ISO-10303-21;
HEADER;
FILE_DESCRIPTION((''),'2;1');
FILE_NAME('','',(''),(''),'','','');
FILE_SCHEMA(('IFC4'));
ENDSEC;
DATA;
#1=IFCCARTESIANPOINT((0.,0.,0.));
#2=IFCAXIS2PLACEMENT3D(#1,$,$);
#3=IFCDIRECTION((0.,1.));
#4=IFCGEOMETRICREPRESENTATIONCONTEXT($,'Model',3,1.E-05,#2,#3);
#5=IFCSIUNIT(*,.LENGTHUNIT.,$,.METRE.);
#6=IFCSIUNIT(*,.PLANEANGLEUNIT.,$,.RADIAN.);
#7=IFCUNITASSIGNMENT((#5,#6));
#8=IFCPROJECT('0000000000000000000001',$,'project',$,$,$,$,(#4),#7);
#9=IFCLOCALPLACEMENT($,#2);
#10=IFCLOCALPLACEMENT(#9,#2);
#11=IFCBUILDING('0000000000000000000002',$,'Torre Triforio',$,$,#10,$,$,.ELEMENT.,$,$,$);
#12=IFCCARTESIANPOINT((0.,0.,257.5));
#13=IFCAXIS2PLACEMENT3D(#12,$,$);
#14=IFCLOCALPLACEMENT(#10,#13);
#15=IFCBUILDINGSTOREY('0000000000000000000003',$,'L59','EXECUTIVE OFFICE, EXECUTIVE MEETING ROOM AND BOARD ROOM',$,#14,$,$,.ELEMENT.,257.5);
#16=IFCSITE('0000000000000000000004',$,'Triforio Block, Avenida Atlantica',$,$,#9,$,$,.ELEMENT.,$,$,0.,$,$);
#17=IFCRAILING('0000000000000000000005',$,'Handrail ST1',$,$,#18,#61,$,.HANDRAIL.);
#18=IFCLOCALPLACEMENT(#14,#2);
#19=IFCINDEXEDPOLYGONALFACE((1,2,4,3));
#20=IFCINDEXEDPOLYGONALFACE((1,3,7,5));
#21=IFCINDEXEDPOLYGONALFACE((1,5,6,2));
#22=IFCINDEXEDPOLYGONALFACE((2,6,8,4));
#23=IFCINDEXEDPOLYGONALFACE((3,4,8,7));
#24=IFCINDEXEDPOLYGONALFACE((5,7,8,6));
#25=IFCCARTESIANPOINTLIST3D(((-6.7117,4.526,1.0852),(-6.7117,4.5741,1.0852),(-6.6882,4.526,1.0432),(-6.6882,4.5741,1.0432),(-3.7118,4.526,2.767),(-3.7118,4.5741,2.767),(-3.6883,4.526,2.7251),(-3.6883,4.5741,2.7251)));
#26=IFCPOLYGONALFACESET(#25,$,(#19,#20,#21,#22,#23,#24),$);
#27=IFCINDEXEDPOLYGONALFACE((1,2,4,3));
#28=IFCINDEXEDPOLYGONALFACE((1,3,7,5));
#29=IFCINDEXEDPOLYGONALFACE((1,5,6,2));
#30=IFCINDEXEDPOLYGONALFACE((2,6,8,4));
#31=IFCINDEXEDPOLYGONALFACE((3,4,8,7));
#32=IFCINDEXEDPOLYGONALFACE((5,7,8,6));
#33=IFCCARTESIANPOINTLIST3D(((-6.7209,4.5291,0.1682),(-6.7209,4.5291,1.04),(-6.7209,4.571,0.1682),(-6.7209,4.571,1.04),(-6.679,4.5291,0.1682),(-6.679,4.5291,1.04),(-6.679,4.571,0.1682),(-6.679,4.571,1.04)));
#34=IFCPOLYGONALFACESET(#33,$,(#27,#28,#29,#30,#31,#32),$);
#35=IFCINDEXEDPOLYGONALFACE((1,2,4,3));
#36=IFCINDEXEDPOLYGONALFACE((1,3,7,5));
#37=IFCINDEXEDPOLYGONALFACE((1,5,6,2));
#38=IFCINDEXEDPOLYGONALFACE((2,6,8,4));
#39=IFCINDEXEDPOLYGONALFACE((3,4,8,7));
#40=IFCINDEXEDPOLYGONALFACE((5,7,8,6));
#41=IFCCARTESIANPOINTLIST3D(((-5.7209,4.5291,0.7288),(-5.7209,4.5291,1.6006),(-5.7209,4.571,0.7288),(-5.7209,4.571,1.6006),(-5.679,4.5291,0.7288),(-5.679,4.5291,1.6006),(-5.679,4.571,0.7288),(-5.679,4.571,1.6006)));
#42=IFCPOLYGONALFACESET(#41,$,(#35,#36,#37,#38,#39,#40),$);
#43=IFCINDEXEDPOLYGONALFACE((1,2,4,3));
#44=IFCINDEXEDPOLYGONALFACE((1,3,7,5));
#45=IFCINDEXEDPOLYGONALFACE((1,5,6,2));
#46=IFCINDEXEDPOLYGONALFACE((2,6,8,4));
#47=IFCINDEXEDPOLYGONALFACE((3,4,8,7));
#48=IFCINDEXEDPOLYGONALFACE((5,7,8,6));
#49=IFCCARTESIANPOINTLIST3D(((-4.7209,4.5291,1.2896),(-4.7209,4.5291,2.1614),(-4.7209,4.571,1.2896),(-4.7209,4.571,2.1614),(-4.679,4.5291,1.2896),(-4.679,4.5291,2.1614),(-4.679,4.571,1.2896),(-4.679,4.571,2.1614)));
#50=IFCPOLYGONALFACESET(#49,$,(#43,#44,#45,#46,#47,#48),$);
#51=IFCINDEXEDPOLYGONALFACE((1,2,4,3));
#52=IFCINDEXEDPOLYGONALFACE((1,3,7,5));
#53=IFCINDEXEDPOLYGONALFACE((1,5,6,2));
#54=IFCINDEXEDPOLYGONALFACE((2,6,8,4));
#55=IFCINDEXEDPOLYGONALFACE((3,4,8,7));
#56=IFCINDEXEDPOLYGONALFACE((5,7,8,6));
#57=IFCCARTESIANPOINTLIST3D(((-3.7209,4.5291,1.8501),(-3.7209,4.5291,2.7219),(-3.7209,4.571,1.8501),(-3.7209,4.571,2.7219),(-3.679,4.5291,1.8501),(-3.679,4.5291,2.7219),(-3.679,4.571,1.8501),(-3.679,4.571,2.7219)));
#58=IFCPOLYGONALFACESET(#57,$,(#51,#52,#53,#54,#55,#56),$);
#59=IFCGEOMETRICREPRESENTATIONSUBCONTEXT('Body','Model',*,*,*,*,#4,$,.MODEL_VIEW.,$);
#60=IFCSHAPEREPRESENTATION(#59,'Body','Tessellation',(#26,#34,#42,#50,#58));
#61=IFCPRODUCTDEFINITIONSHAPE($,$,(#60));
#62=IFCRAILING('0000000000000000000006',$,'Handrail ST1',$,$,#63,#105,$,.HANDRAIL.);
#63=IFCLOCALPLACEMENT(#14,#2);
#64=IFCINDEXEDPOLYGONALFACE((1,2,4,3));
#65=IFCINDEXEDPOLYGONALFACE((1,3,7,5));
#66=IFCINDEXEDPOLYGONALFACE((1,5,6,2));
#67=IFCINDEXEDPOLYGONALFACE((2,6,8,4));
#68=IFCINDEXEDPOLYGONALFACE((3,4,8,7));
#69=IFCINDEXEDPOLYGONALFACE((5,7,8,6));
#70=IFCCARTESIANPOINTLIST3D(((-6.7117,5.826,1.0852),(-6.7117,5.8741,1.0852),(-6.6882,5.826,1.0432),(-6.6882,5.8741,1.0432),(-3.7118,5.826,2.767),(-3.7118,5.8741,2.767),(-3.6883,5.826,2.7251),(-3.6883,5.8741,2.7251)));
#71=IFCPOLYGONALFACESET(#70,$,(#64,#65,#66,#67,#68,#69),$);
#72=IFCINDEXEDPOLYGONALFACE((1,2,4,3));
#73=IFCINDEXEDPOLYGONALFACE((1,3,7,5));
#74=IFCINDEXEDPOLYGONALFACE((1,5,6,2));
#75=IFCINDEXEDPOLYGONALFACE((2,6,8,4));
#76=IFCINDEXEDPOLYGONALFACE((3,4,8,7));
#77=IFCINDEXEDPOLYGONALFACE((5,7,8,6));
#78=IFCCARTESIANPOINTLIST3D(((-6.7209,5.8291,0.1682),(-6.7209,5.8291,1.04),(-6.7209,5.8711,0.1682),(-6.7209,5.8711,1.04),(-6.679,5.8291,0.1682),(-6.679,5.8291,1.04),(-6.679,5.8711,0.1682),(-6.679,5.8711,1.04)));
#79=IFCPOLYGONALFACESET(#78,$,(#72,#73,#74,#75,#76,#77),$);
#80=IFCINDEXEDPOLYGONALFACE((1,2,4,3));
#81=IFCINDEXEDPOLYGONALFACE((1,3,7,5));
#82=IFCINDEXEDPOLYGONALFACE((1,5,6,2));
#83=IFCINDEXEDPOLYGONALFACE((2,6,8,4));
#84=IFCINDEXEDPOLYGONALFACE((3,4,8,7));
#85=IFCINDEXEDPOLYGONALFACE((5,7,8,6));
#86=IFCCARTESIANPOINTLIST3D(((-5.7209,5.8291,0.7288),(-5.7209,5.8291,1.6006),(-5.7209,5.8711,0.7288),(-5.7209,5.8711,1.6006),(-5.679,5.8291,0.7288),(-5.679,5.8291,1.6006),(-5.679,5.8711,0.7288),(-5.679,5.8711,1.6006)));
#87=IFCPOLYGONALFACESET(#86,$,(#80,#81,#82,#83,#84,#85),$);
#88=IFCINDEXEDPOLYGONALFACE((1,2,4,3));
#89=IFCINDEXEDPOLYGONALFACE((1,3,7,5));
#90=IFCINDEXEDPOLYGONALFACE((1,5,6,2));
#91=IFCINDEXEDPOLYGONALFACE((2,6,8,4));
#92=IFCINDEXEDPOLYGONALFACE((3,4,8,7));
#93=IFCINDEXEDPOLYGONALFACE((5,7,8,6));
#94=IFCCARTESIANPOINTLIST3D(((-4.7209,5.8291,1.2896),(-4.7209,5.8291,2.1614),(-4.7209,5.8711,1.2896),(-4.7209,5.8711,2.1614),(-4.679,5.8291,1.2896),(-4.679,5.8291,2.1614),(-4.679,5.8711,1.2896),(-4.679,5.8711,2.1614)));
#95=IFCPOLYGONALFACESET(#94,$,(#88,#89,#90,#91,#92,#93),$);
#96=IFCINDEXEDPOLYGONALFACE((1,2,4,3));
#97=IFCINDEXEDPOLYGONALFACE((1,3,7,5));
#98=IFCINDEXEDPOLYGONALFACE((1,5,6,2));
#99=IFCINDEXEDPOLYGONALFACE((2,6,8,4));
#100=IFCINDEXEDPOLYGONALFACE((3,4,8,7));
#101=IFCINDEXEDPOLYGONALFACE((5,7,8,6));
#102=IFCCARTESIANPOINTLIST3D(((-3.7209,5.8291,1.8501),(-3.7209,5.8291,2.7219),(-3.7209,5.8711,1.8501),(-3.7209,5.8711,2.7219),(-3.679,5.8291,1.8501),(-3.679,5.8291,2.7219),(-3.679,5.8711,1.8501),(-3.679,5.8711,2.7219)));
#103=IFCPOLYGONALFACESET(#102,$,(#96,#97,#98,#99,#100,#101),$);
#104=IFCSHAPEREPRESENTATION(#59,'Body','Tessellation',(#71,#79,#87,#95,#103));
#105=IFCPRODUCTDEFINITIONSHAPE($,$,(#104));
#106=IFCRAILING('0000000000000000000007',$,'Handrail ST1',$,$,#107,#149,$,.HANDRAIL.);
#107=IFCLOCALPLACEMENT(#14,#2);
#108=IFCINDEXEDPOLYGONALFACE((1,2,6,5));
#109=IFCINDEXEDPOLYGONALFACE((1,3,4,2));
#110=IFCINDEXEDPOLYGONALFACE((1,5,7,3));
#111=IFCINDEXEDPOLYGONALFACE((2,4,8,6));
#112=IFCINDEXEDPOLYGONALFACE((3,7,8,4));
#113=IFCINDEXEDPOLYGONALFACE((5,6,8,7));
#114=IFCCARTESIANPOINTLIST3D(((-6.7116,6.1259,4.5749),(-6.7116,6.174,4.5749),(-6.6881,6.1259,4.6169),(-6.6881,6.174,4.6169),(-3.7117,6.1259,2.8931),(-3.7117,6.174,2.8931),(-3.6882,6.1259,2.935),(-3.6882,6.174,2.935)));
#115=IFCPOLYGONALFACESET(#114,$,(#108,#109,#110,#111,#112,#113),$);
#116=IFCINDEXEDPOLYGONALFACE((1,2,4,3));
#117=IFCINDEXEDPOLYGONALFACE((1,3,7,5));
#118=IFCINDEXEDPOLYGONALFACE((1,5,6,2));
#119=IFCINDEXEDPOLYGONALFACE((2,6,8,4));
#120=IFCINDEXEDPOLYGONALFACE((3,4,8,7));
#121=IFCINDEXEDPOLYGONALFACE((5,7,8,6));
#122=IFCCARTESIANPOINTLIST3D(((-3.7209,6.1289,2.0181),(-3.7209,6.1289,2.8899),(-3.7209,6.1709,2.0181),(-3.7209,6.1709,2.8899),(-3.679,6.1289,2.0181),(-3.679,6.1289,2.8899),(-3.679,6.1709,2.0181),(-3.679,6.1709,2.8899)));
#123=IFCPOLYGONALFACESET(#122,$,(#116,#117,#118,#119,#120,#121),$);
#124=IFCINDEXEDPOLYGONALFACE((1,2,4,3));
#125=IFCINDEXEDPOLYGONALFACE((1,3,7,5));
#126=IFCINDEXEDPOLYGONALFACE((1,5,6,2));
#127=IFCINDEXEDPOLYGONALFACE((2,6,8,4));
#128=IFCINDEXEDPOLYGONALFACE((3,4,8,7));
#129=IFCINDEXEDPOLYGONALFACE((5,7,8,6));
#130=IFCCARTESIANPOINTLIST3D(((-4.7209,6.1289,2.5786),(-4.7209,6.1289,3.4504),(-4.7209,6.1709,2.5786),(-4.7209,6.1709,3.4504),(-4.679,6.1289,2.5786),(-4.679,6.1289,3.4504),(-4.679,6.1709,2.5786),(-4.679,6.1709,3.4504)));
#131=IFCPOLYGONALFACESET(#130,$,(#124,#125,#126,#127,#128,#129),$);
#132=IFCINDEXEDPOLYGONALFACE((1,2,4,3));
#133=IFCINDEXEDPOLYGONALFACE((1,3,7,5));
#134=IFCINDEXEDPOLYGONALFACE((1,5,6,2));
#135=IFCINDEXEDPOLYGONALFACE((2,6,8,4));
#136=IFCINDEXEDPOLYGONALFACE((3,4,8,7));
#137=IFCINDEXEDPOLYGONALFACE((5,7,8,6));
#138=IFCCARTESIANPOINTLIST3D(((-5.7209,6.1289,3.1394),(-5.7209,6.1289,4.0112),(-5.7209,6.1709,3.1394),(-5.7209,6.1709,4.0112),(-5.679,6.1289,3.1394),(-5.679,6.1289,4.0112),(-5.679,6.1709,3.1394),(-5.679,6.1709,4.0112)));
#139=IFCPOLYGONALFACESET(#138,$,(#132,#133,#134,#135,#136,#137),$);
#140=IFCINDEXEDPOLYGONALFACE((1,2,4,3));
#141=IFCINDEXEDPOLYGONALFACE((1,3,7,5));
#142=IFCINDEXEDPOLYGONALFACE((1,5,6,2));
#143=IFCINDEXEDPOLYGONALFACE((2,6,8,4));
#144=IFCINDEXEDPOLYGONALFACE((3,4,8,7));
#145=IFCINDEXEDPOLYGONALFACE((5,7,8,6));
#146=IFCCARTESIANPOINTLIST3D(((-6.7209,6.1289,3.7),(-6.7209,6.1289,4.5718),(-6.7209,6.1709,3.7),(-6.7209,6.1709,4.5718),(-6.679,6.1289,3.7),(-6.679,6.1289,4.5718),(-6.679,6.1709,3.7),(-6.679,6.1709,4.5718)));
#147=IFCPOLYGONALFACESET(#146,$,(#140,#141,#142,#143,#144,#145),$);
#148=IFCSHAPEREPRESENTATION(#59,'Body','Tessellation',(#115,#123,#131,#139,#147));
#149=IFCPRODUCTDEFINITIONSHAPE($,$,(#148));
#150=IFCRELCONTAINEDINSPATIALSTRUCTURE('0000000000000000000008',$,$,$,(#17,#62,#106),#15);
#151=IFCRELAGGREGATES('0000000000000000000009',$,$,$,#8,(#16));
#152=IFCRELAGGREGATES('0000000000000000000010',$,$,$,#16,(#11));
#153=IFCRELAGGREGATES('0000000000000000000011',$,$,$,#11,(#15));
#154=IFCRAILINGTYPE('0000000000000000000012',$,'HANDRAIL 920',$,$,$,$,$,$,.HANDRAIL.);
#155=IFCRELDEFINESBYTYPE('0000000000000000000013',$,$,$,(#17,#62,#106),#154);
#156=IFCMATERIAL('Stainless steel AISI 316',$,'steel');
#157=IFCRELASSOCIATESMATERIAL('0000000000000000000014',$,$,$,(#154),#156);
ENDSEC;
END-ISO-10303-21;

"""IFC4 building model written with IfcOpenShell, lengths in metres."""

from ifc_helpers import new_model, si_unit, direction, frame, origin, origin_2d, place, context, subcontext, project, spatial, rectangle, extrude, material, type_object, element, save


model = new_model("IFC4")

# Units and contexts
model_context = context("Model", 3, precision=1e-05, world=origin(), true_north=direction((0.0, 1.0)))
body_context = subcontext(model_context, "Body", "Model", "MODEL_VIEW")
ifc_project = project(units=[si_unit("LENGTHUNIT", "METRE"), si_unit("PLANEANGLEUNIT", "RADIAN")], contexts=[model_context])

# Site, building, storey
site_placement = place(None, origin())
site = spatial("IfcSite", under=ifc_project, at=site_placement, Name="Triforio Block, Avenida Atlantica", CompositionType="ELEMENT", RefElevation=0.0)
building_placement = place(site_placement, origin())
building = spatial("IfcBuilding", under=site, at=building_placement, Name="Torre Triforio", CompositionType="ELEMENT")
storey_placement = place(building_placement, frame((0.0, 0.0, 257.5)))
storey = spatial("IfcBuildingStorey", under=building, at=storey_placement, Name="L59", Description="EXECUTIVE OFFICE, EXECUTIVE MEETING ROOM AND BOARD ROOM", CompositionType="ELEMENT", Elevation=257.5)

# Railings
ifc_material_1 = material(Name="Stainless steel AISI 316", Category="steel")
railing_type = type_object("IfcRailingType", Name="HANDRAIL 920", PredefinedType="HANDRAIL", material=ifc_material_1)
for number, where, name in (
    (1, (-6.7, 4.55, 0.1682), "Handrail ST1"),
    (2, (-6.7, 5.8501, 0.1682), "Handrail ST1"),
):
    element("IfcRailing", number, at=place(storey_placement, frame(where)), inside=storey, type_object=railing_type, Name=name, PredefinedType="HANDRAIL", context=body_context, shape_type="SweptSolid", body=[
        extrude(rectangle(XDim=0.0481, YDim=0.0481, at=origin_2d()), frame((0.0, 0.0, 0.896), z_axis=(0.872272, 0.0, 0.48902), x_axis=(0.0, 1.0, 0.0)), (0.0, 0.0, 1.0), 3.4392),
        extrude(rectangle(XDim=0.042, YDim=0.042, at=origin_2d()), origin(), (0.0, 0.0, 1.0), 0.8718),
        extrude(rectangle(XDim=0.042, YDim=0.042, at=origin_2d()), frame((1.0, 0.0, 0.5605)), (0.0, 0.0, 1.0), 0.8718),
        extrude(rectangle(XDim=0.042, YDim=0.042, at=origin_2d()), frame((2.0, 0.0, 1.1213)), (0.0, 0.0, 1.0), 0.8718),
        extrude(rectangle(XDim=0.042, YDim=0.042, at=origin_2d()), frame((3.0, 0.0, 1.6819)), (0.0, 0.0, 1.0), 0.8718),
    ])
railing_placement = place(storey_placement, frame((-3.7, 6.1499, 2.0181)))
element("IfcRailing", 3, at=railing_placement, inside=storey, type_object=railing_type, Name="Handrail ST1", PredefinedType="HANDRAIL", context=body_context, shape_type="SweptSolid", body=[
    extrude(rectangle(XDim=0.0481, YDim=0.0481, at=origin_2d()), frame((0.0, 0.0, 0.896), z_axis=(-0.872272, 0.0, 0.48902), x_axis=(0.0, -1.0, 0.0)), (0.0, 0.0, 1.0), 3.4392),
    extrude(rectangle(XDim=0.042, YDim=0.042, at=origin_2d()), origin(), (0.0, 0.0, 1.0), 0.8718),
    extrude(rectangle(XDim=0.042, YDim=0.042, at=origin_2d()), frame((-1.0, 0.0, 0.5605)), (0.0, 0.0, 1.0), 0.8718),
    extrude(rectangle(XDim=0.042, YDim=0.042, at=origin_2d()), frame((-2.0, 0.0, 1.1213)), (0.0, 0.0, 1.0), 0.8718),
    extrude(rectangle(XDim=0.042, YDim=0.042, at=origin_2d()), frame((-3.0, 0.0, 1.6819)), (0.0, 0.0, 1.0), 0.8718),
])

save(model, "model.ifc")
